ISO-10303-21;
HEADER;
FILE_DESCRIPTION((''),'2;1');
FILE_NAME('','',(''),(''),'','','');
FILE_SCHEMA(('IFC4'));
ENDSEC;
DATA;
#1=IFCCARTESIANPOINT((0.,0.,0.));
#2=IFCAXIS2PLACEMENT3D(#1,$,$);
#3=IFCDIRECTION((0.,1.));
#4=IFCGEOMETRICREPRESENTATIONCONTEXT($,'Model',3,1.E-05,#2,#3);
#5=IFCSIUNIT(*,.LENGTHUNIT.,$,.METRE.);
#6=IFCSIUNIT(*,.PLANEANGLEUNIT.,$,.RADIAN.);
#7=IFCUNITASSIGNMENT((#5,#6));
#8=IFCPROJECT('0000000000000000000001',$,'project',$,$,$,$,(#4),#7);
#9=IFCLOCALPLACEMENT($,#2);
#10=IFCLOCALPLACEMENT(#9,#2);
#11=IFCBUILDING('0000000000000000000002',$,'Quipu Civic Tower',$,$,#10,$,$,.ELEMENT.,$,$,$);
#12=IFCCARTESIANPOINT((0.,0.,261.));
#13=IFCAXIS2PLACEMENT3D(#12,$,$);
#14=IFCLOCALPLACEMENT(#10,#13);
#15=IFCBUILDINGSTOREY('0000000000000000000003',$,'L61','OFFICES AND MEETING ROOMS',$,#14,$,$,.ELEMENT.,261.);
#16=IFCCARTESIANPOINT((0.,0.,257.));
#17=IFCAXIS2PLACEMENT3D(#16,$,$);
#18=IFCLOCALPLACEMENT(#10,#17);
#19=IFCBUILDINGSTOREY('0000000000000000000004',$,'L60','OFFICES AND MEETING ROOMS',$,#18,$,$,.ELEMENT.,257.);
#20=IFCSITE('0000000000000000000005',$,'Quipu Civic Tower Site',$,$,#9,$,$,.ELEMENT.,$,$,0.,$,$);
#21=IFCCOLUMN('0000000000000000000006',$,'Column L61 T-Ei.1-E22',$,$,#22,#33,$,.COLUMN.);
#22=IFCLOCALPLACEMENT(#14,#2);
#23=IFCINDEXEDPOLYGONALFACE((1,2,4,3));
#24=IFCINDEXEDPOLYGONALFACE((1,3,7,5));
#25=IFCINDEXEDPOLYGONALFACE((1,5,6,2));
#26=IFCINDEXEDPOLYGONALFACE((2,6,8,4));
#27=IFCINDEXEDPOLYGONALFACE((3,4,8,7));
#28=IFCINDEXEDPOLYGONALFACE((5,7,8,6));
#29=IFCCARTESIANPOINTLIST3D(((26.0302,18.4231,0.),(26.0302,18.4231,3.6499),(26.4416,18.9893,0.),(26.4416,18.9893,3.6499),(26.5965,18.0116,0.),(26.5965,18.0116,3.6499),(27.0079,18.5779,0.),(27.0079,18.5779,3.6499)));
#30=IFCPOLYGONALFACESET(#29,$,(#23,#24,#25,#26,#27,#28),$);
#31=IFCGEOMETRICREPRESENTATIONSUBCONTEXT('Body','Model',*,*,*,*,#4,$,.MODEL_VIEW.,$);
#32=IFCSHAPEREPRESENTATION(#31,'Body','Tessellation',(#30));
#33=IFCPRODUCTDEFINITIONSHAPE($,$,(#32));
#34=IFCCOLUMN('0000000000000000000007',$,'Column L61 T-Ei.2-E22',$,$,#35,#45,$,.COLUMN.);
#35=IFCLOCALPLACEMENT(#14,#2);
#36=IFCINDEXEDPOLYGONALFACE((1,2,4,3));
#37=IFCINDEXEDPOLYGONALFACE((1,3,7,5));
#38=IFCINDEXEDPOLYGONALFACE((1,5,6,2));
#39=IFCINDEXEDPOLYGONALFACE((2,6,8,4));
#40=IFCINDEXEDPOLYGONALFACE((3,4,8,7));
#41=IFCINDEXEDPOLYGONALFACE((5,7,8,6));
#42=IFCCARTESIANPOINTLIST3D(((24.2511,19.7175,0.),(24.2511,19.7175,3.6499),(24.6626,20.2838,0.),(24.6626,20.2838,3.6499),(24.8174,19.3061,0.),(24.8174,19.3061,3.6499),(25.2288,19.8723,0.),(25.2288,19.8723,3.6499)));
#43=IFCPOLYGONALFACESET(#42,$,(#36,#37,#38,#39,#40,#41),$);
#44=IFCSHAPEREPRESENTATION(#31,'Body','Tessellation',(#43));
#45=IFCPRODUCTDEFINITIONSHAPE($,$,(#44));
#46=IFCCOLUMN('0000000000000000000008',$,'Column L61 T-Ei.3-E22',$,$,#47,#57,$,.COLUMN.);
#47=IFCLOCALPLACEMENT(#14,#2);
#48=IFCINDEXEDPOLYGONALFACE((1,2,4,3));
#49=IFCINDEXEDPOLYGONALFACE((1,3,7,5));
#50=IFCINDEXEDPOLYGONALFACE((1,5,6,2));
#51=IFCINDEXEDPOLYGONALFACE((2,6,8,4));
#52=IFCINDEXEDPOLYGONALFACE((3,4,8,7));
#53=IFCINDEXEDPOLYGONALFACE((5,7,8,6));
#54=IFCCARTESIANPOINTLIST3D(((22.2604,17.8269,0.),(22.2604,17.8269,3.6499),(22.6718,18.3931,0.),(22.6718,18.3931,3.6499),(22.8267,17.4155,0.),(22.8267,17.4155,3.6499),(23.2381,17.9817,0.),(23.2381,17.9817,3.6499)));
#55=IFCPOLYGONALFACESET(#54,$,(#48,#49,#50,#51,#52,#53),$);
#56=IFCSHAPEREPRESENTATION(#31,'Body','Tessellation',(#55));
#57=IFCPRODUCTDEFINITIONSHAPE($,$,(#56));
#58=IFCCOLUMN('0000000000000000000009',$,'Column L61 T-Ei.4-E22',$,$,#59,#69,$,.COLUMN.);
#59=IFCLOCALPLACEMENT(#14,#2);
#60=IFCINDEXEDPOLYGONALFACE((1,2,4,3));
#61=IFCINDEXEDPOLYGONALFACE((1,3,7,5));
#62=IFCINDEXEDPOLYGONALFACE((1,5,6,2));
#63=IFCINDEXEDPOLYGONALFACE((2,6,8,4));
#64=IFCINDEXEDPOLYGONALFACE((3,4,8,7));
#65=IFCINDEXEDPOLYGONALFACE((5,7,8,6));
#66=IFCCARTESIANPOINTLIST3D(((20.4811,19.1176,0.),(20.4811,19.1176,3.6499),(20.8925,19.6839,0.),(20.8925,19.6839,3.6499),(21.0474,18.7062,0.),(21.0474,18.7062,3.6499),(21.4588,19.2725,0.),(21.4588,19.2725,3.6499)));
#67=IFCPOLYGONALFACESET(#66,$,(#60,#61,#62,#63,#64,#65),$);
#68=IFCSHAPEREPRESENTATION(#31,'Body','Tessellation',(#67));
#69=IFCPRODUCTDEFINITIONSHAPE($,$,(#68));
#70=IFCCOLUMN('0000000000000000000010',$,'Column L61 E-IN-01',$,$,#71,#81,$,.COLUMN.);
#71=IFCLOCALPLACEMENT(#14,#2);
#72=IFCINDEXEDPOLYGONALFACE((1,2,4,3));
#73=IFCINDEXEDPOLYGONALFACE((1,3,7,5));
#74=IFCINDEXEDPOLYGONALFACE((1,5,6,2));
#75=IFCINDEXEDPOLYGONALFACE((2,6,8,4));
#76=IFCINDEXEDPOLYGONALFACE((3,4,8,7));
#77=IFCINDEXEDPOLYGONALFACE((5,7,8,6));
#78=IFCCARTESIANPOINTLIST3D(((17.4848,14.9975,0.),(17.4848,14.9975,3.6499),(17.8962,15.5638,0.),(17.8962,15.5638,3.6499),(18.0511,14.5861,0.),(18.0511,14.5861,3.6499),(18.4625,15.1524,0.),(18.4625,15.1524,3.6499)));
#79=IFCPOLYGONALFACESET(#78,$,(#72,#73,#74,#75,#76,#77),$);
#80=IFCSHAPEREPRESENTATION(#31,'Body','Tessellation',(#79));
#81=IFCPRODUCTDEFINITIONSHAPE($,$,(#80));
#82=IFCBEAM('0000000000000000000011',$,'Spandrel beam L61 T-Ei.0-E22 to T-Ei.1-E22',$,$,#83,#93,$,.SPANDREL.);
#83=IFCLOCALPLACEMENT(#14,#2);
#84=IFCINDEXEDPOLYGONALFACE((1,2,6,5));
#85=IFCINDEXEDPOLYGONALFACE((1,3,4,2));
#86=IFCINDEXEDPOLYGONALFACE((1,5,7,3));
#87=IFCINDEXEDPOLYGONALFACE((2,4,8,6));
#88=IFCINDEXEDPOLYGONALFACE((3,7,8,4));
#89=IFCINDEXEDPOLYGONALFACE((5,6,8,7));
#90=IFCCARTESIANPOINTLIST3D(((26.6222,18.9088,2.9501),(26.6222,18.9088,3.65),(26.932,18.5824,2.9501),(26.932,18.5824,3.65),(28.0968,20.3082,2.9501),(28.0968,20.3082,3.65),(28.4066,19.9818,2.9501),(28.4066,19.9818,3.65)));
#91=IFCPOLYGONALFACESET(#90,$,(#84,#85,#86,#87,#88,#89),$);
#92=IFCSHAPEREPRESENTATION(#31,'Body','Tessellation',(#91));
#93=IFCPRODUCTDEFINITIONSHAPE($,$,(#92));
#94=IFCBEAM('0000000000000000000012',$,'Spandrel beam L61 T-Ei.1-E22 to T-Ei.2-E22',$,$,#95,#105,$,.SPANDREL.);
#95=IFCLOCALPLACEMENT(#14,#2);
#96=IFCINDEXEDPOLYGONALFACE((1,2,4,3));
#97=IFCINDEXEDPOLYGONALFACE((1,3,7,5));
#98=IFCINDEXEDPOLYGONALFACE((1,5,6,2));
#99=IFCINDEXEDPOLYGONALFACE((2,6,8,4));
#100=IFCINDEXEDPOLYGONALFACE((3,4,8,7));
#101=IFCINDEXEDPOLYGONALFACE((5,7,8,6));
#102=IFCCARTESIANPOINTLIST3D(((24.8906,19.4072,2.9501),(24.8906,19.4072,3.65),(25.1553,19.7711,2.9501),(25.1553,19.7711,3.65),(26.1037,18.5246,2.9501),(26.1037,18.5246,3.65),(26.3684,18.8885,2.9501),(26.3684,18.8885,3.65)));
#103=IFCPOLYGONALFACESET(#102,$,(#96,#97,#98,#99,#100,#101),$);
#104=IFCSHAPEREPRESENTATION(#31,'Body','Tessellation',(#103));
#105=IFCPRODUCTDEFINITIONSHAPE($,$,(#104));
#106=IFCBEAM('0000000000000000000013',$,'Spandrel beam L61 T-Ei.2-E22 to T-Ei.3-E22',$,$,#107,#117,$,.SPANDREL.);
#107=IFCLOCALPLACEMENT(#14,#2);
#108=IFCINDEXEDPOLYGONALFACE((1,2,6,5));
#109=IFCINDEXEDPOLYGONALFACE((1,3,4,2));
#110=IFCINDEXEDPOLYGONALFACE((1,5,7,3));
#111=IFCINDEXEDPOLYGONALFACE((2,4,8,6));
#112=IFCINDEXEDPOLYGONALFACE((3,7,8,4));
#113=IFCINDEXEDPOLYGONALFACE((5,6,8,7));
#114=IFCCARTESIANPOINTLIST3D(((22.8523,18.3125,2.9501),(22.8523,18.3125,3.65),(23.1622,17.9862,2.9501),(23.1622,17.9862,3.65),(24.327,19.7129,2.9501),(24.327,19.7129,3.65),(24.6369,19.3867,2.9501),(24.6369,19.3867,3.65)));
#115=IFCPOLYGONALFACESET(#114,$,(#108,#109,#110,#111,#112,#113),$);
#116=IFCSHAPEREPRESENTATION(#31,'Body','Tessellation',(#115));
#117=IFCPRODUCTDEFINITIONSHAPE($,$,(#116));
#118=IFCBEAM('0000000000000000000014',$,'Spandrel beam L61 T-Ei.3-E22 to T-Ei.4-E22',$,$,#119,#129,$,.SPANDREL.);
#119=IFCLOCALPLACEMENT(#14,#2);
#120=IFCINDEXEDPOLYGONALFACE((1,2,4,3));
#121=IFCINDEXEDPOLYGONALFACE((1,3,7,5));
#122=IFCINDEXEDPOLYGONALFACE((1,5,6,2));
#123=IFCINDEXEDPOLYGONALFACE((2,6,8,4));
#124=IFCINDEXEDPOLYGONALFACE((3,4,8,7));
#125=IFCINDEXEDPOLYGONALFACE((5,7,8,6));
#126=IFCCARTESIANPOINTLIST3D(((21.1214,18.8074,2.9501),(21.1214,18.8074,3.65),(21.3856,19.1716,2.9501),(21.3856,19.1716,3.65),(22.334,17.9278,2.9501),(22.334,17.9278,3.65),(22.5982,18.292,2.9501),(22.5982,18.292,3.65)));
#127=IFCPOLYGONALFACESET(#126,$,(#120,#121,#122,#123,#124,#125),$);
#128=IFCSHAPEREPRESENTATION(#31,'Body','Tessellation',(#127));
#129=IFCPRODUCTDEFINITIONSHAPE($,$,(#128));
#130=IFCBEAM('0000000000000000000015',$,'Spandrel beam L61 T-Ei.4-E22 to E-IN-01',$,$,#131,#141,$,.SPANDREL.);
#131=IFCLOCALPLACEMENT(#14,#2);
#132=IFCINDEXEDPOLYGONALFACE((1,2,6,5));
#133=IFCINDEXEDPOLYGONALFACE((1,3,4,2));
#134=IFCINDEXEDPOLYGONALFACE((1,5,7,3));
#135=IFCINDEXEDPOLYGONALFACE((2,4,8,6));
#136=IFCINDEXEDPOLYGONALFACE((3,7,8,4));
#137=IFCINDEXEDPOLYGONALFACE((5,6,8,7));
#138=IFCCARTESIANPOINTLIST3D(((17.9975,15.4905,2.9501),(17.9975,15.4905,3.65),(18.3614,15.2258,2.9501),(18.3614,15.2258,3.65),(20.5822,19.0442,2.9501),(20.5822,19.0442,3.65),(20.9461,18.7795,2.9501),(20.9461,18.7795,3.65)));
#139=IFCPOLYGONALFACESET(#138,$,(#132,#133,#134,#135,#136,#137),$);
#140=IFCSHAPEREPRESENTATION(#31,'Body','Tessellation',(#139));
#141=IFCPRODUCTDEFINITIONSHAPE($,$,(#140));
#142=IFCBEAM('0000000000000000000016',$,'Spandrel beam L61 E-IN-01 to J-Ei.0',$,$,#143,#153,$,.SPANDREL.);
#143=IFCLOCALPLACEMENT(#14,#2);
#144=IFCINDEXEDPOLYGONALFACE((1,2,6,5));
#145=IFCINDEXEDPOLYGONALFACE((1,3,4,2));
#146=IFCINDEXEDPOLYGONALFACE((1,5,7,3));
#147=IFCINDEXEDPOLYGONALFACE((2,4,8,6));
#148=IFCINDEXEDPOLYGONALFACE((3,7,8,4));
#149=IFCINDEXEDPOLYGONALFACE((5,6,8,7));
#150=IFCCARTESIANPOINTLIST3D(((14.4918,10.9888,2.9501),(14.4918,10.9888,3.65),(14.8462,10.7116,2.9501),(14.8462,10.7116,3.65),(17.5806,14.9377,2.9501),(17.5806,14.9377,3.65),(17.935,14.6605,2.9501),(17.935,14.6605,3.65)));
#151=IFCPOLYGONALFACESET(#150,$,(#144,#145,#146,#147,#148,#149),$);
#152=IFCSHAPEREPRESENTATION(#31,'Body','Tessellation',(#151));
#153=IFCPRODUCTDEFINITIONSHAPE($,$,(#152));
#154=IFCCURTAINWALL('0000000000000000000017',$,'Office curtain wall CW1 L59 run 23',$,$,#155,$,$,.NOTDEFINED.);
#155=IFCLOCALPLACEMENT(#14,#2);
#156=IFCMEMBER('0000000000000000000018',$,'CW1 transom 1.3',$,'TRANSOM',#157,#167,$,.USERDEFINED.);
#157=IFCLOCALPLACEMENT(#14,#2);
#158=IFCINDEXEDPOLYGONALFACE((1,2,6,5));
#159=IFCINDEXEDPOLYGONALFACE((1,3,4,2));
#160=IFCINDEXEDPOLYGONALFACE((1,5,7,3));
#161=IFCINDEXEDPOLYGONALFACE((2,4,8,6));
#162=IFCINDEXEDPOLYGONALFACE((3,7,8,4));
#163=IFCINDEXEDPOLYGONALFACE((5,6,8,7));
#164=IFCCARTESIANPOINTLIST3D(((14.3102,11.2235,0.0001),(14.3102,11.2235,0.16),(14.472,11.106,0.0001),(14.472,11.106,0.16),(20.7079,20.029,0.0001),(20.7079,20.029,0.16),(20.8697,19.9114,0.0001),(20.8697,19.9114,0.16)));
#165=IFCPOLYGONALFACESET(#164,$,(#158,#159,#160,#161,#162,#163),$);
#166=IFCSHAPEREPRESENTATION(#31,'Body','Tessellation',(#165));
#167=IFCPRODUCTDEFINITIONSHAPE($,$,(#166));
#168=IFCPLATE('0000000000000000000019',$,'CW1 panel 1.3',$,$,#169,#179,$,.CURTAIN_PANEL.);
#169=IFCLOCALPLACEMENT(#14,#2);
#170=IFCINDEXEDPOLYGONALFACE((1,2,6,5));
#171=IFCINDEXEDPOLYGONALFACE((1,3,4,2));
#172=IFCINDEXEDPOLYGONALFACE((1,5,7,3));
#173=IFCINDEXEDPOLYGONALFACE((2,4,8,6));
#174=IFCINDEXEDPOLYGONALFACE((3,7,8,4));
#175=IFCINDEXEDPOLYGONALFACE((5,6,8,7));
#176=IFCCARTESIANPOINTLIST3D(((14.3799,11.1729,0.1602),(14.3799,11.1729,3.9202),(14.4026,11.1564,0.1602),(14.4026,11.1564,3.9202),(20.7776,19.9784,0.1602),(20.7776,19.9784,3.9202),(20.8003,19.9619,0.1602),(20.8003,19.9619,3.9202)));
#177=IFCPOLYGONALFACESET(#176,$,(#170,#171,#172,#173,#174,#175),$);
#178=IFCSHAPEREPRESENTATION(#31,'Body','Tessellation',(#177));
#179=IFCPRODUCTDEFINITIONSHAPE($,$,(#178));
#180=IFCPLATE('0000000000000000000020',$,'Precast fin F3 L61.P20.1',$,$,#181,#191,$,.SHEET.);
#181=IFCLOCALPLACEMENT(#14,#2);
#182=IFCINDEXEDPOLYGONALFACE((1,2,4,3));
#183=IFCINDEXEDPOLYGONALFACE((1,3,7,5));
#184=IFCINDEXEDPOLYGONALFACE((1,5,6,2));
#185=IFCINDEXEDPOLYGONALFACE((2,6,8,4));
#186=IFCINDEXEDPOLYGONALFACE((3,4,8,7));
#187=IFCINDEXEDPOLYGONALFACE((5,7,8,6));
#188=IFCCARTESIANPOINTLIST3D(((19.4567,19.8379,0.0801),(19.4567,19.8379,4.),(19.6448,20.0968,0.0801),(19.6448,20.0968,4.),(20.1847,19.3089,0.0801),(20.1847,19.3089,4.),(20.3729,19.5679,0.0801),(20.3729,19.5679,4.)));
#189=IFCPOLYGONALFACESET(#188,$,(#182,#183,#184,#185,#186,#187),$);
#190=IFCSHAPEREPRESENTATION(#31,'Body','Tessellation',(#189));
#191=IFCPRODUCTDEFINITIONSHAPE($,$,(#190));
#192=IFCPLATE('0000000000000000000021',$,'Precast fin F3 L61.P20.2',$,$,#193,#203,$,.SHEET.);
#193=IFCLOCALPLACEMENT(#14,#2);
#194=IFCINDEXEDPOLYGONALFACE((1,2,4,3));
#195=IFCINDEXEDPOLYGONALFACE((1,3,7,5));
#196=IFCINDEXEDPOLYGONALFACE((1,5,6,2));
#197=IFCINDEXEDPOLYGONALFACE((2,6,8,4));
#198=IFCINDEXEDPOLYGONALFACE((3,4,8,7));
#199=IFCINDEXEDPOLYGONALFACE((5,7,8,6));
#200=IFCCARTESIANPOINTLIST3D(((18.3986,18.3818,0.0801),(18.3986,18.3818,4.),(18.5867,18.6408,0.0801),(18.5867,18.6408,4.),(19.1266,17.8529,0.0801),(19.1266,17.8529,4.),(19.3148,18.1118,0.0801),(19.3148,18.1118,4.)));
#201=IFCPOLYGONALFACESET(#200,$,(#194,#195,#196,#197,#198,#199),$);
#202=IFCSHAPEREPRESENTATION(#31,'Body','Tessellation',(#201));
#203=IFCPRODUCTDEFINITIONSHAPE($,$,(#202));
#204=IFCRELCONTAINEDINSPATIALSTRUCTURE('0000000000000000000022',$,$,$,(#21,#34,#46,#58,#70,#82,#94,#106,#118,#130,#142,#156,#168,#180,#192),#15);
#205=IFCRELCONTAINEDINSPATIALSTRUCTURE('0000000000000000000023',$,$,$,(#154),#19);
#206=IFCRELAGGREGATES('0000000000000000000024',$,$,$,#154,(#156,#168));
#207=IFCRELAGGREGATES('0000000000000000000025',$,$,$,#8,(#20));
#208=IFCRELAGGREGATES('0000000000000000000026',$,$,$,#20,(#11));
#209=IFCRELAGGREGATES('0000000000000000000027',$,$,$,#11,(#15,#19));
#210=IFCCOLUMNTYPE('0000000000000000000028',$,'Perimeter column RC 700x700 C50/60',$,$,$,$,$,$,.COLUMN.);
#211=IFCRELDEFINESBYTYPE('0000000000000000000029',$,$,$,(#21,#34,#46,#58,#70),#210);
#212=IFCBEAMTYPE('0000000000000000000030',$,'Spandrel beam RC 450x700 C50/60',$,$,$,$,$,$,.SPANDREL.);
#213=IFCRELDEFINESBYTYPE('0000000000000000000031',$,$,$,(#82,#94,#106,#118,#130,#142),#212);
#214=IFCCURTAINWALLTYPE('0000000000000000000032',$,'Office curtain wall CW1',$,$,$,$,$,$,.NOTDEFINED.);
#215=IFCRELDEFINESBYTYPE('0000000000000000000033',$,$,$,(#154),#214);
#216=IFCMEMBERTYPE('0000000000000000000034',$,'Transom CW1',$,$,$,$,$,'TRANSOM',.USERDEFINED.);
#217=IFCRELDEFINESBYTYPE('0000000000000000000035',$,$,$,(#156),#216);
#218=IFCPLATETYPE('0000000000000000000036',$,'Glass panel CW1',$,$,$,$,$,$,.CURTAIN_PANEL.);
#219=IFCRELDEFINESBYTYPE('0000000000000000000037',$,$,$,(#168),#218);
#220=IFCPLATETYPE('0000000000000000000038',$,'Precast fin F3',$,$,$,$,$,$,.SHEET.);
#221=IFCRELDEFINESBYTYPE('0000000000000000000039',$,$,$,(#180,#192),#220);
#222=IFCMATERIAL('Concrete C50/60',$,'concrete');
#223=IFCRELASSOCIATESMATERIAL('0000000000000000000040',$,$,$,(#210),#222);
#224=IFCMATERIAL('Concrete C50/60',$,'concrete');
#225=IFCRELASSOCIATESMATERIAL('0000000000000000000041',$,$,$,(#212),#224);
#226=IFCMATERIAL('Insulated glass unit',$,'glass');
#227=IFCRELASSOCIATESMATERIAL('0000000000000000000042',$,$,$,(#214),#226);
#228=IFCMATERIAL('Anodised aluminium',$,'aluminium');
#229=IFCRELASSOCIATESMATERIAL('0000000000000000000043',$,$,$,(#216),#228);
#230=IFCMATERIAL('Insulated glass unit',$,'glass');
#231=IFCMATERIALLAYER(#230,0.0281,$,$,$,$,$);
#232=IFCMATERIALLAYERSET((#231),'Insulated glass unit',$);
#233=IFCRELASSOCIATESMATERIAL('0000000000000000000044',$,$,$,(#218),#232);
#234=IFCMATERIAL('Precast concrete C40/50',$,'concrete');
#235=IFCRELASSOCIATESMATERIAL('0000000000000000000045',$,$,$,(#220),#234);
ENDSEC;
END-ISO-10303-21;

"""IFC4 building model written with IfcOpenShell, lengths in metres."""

from ifc_helpers import new_model, si_unit, direction, frame, origin, origin_2d, place, context, subcontext, project, spatial, rectangle, extrude, material, layer, layer_set, material_profile, profile_set, type_object, element, aggregate, save


model = new_model("IFC4")

# Units and contexts
model_context = context("Model", 3, precision=1e-05, world=origin(), true_north=direction((0.0, 1.0)))
body_context = subcontext(model_context, "Body", "Model", "MODEL_VIEW")
ifc_project = project(units=[si_unit("LENGTHUNIT", "METRE"), si_unit("PLANEANGLEUNIT", "RADIAN")], contexts=[model_context])

# Site, building, storey
site_placement = place(None, origin())
site = spatial("IfcSite", under=ifc_project, at=site_placement, Name="Quipu Civic Tower Site", CompositionType="ELEMENT", RefElevation=0.0)
building_placement = place(site_placement, origin())
building = spatial("IfcBuilding", under=site, at=building_placement, Name="Quipu Civic Tower", CompositionType="ELEMENT")
storey_1_placement = place(building_placement, frame((0.0, 0.0, 261.0)))
storey_1 = spatial("IfcBuildingStorey", under=building, at=storey_1_placement, Name="L61", Description="OFFICES AND MEETING ROOMS", CompositionType="ELEMENT", Elevation=261.0)

# Columns
ifc_material_1 = material(Name="Concrete C50/60", Category="concrete")
ifc_material_profile_1 = material_profile(ifc_material_1, rectangle(XDim=0.7, YDim=0.7, at=origin_2d()), Name="RC700x700")
ifc_profile_set_1 = profile_set([ifc_material_profile_1], Name="Concrete C50/60")
column_type = type_object("IfcColumnType", Name="Perimeter column RC 700x700 C50/60", PredefinedType="COLUMN", material=ifc_profile_set_1)
for number, where, z_axis, x_axis, name in (
    (1, (26.519, 18.5005, 0.0), (0.0, 0.0, 1.0), (-0.809017, 0.587785, 0.0), "Column L61 T-Ei.1-E22"),
    (2, (24.74, 19.7949, 0.0), (0.0, 0.0, 1.0), (-0.587785, -0.809017, 0.0), "Column L61 T-Ei.2-E22"),
    (3, (22.7493, 17.9043, 0.0), (0.0, 0.0, 1.0), (-0.587785, -0.809017, 0.0), "Column L61 T-Ei.3-E22"),
    (4, (20.97, 19.1951, 0.0), (0.0, 0.0, 1.0), (-0.587785, -0.809017, 0.0), "Column L61 T-Ei.4-E22"),
    (5, (17.9736, 15.075, 0.0), (0.0, 0.0, 1.0), (-0.587785, -0.809017, 0.0), "Column L61 E-IN-01"),
):
    element("IfcColumn", number, at=place(storey_1_placement, frame(where, z_axis=z_axis, x_axis=x_axis)), inside=storey_1, type_object=column_type, Name=name, PredefinedType="COLUMN", context=body_context, shape_type="SweptSolid", body=[
        extrude(rectangle(XDim=0.7, YDim=0.7, at=origin_2d()), origin(), (0.0, 0.0, 1.0), 3.6499),
    ])

# Beams
ifc_material_2 = material(Name="Concrete C50/60", Category="concrete")
ifc_material_profile_2 = material_profile(ifc_material_2, rectangle(XDim=0.45, YDim=0.7, at=origin_2d()), Name="RC450x700")
ifc_profile_set_2 = profile_set([ifc_material_profile_2], Name="Concrete C50/60")
beam_type = type_object("IfcBeamType", Name="Spandrel beam RC 450x700 C50/60", PredefinedType="SPANDREL", material=ifc_profile_set_2)
beam_1_placement = place(storey_1_placement, frame((28.2517, 20.145, 3.3), z_axis=(-0.725359, -0.688371, 0.0), x_axis=(0.688371, -0.725359, 0.0)))
element("IfcBeam", 6, at=beam_1_placement, inside=storey_1, type_object=beam_type, Name="Spandrel beam L61 T-Ei.0-E22 to T-Ei.1-E22", PredefinedType="SPANDREL", context=body_context, shape_type="SweptSolid", body=[
    extrude(rectangle(XDim=0.45, YDim=0.7, at=origin_2d()), origin(), (0.0, 0.0, 1.0), 2.033),
])
beam_2_placement = place(storey_1_placement, frame((26.2361, 18.7065, 3.3), z_axis=(-0.808645, 0.588297, 0.0), x_axis=(-0.588297, -0.808645, 0.0)))
element("IfcBeam", 7, at=beam_2_placement, inside=storey_1, type_object=beam_type, Name="Spandrel beam L61 T-Ei.1-E22 to T-Ei.2-E22", PredefinedType="SPANDREL", context=body_context, shape_type="SweptSolid", body=[
    extrude(rectangle(XDim=0.45, YDim=0.7, at=origin_2d()), origin(), (0.0, 0.0, 1.0), 1.5002),
])
beam_3_placement = place(storey_1_placement, frame((24.4819, 19.5498, 3.3), z_axis=(-0.725119, -0.688623, 0.0), x_axis=(0.688623, -0.725119, 0.0)))
element("IfcBeam", 8, at=beam_3_placement, inside=storey_1, type_object=beam_type, Name="Spandrel beam L61 T-Ei.2-E22 to T-Ei.3-E22", PredefinedType="SPANDREL", context=body_context, shape_type="SweptSolid", body=[
    extrude(rectangle(XDim=0.45, YDim=0.7, at=origin_2d()), origin(), (0.0, 0.0, 1.0), 2.0337),
])
beam_4_placement = place(storey_1_placement, frame((22.4661, 18.1099, 3.3), z_axis=(-0.809461, 0.587173, 0.0), x_axis=(-0.587173, -0.809461, 0.0)))
element("IfcBeam", 9, at=beam_4_placement, inside=storey_1, type_object=beam_type, Name="Spandrel beam L61 T-Ei.3-E22 to T-Ei.4-E22", PredefinedType="SPANDREL", context=body_context, shape_type="SweptSolid", body=[
    extrude(rectangle(XDim=0.45, YDim=0.7, at=origin_2d()), origin(), (0.0, 0.0, 1.0), 1.498),
])
beam_5_placement = place(storey_1_placement, frame((20.7642, 18.9119, 3.3), z_axis=(-0.588201, -0.808714, 0.0), x_axis=(0.808714, -0.588201, 0.0)))
element("IfcBeam", 10, at=beam_5_placement, inside=storey_1, type_object=beam_type, Name="Spandrel beam L61 T-Ei.4-E22 to E-IN-01", PredefinedType="SPANDREL", context=body_context, shape_type="SweptSolid", body=[
    extrude(rectangle(XDim=0.45, YDim=0.7, at=origin_2d()), origin(), (0.0, 0.0, 1.0), 4.3943),
])
beam_6_placement = place(storey_1_placement, frame((17.7578, 14.7991, 3.3), z_axis=(-0.616106, -0.787663, 0.0), x_axis=(0.787663, -0.616106, 0.0)))
element("IfcBeam", 11, at=beam_6_placement, inside=storey_1, type_object=beam_type, Name="Spandrel beam L61 E-IN-01 to J-Ei.0", PredefinedType="SPANDREL", context=body_context, shape_type="SweptSolid", body=[
    extrude(rectangle(XDim=0.45, YDim=0.7, at=origin_2d()), origin(), (0.0, 0.0, 1.0), 5.0134),
])

# Shared definitions
storey_2_placement = place(building_placement, frame((0.0, 0.0, 257.0)))
storey_2 = spatial("IfcBuildingStorey", under=building, at=storey_2_placement, Name="L60", Description="OFFICES AND MEETING ROOMS", CompositionType="ELEMENT", Elevation=257.0)

# Curtain wall, member, plate
ifc_material_3 = material(Name="Insulated glass unit", Category="glass")
curtain_wall_type = type_object("IfcCurtainWallType", Name="Office curtain wall CW1", PredefinedType="NOTDEFINED", material=ifc_material_3)
curtain_wall_placement = place(storey_2_placement, origin())
curtain_wall = element("IfcCurtainWall", 12, at=curtain_wall_placement, inside=storey_2, type_object=curtain_wall_type, Name="Office curtain wall CW1 L59 run 23", PredefinedType="NOTDEFINED")
ifc_material_4 = material(Name="Anodised aluminium", Category="aluminium")
ifc_material_profile_3 = material_profile(ifc_material_4, rectangle(XDim=0.2, YDim=0.1599, at=origin_2d()), Name="RECT 200x160")
ifc_profile_set_3 = profile_set([ifc_material_profile_3], Name="Anodised aluminium")
member_type = type_object("IfcMemberType", Name="Transom CW1", ElementType="TRANSOM", PredefinedType="USERDEFINED", material=ifc_profile_set_3)
member_placement = place(storey_1_placement, frame((20.7888, 19.9702, 0.0801), z_axis=(-0.587797, -0.809009, 0.0), x_axis=(0.809009, -0.587797, 0.0)))
member = element("IfcMember", 13, at=member_placement, inside=storey_1, type_object=member_type, Name="CW1 transom 1.3", ObjectType="TRANSOM", PredefinedType="USERDEFINED", context=body_context, shape_type="SweptSolid", body=[
    extrude(rectangle(XDim=0.2, YDim=0.1599, at=origin_2d()), origin(), (0.0, 0.0, 1.0), 10.8843),
])
ifc_material_5 = material(Name="Insulated glass unit", Category="glass")
ifc_layer_1 = layer(ifc_material_5, 0.0281)
ifc_layer_set_1 = layer_set([ifc_layer_1], Name="Insulated glass unit")
plate_type_1 = type_object("IfcPlateType", Name="Glass panel CW1", PredefinedType="CURTAIN_PANEL", material=ifc_layer_set_1)
plate_placement = place(storey_1_placement, frame((17.5901, 15.5674, 0.1602), z_axis=(0.0, 0.0, 1.0), x_axis=(-0.587788, -0.809015, 0.0)))
plate = element("IfcPlate", 14, at=plate_placement, inside=storey_1, type_object=plate_type_1, Name="CW1 panel 1.3", PredefinedType="CURTAIN_PANEL", context=body_context, shape_type="SweptSolid", body=[
    extrude(rectangle(XDim=10.8843, YDim=0.0281, at=origin_2d()), origin(), (0.0, 0.0, 1.0), 3.76),
])
aggregate(curtain_wall, [member, plate])

# Plates
ifc_material_6 = material(Name="Precast concrete C40/50", Category="concrete")
plate_type_2 = type_object("IfcPlateType", Name="Precast fin F3", PredefinedType="SHEET", material=ifc_material_6)
for number, where, z_axis, x_axis, name in (
    (15, (19.9148, 19.7029, 0.0801), (0.0, 0.0, 1.0), (-0.587784, -0.809018, 0.0), "Precast fin F3 L61.P20.1"),
    (16, (18.8567, 18.2468, 0.0801), (0.0, 0.0, 1.0), (-0.587784, -0.809018, 0.0), "Precast fin F3 L61.P20.2"),
):
    element("IfcPlate", number, at=place(storey_1_placement, frame(where, z_axis=z_axis, x_axis=x_axis)), inside=storey_1, type_object=plate_type_2, Name=name, PredefinedType="SHEET", context=body_context, shape_type="SweptSolid", body=[
        extrude(rectangle(XDim=0.3201, YDim=0.8999, at=origin_2d()), origin(), (0.0, 0.0, 1.0), 3.9199),
    ])

save(model, "model.ifc")
